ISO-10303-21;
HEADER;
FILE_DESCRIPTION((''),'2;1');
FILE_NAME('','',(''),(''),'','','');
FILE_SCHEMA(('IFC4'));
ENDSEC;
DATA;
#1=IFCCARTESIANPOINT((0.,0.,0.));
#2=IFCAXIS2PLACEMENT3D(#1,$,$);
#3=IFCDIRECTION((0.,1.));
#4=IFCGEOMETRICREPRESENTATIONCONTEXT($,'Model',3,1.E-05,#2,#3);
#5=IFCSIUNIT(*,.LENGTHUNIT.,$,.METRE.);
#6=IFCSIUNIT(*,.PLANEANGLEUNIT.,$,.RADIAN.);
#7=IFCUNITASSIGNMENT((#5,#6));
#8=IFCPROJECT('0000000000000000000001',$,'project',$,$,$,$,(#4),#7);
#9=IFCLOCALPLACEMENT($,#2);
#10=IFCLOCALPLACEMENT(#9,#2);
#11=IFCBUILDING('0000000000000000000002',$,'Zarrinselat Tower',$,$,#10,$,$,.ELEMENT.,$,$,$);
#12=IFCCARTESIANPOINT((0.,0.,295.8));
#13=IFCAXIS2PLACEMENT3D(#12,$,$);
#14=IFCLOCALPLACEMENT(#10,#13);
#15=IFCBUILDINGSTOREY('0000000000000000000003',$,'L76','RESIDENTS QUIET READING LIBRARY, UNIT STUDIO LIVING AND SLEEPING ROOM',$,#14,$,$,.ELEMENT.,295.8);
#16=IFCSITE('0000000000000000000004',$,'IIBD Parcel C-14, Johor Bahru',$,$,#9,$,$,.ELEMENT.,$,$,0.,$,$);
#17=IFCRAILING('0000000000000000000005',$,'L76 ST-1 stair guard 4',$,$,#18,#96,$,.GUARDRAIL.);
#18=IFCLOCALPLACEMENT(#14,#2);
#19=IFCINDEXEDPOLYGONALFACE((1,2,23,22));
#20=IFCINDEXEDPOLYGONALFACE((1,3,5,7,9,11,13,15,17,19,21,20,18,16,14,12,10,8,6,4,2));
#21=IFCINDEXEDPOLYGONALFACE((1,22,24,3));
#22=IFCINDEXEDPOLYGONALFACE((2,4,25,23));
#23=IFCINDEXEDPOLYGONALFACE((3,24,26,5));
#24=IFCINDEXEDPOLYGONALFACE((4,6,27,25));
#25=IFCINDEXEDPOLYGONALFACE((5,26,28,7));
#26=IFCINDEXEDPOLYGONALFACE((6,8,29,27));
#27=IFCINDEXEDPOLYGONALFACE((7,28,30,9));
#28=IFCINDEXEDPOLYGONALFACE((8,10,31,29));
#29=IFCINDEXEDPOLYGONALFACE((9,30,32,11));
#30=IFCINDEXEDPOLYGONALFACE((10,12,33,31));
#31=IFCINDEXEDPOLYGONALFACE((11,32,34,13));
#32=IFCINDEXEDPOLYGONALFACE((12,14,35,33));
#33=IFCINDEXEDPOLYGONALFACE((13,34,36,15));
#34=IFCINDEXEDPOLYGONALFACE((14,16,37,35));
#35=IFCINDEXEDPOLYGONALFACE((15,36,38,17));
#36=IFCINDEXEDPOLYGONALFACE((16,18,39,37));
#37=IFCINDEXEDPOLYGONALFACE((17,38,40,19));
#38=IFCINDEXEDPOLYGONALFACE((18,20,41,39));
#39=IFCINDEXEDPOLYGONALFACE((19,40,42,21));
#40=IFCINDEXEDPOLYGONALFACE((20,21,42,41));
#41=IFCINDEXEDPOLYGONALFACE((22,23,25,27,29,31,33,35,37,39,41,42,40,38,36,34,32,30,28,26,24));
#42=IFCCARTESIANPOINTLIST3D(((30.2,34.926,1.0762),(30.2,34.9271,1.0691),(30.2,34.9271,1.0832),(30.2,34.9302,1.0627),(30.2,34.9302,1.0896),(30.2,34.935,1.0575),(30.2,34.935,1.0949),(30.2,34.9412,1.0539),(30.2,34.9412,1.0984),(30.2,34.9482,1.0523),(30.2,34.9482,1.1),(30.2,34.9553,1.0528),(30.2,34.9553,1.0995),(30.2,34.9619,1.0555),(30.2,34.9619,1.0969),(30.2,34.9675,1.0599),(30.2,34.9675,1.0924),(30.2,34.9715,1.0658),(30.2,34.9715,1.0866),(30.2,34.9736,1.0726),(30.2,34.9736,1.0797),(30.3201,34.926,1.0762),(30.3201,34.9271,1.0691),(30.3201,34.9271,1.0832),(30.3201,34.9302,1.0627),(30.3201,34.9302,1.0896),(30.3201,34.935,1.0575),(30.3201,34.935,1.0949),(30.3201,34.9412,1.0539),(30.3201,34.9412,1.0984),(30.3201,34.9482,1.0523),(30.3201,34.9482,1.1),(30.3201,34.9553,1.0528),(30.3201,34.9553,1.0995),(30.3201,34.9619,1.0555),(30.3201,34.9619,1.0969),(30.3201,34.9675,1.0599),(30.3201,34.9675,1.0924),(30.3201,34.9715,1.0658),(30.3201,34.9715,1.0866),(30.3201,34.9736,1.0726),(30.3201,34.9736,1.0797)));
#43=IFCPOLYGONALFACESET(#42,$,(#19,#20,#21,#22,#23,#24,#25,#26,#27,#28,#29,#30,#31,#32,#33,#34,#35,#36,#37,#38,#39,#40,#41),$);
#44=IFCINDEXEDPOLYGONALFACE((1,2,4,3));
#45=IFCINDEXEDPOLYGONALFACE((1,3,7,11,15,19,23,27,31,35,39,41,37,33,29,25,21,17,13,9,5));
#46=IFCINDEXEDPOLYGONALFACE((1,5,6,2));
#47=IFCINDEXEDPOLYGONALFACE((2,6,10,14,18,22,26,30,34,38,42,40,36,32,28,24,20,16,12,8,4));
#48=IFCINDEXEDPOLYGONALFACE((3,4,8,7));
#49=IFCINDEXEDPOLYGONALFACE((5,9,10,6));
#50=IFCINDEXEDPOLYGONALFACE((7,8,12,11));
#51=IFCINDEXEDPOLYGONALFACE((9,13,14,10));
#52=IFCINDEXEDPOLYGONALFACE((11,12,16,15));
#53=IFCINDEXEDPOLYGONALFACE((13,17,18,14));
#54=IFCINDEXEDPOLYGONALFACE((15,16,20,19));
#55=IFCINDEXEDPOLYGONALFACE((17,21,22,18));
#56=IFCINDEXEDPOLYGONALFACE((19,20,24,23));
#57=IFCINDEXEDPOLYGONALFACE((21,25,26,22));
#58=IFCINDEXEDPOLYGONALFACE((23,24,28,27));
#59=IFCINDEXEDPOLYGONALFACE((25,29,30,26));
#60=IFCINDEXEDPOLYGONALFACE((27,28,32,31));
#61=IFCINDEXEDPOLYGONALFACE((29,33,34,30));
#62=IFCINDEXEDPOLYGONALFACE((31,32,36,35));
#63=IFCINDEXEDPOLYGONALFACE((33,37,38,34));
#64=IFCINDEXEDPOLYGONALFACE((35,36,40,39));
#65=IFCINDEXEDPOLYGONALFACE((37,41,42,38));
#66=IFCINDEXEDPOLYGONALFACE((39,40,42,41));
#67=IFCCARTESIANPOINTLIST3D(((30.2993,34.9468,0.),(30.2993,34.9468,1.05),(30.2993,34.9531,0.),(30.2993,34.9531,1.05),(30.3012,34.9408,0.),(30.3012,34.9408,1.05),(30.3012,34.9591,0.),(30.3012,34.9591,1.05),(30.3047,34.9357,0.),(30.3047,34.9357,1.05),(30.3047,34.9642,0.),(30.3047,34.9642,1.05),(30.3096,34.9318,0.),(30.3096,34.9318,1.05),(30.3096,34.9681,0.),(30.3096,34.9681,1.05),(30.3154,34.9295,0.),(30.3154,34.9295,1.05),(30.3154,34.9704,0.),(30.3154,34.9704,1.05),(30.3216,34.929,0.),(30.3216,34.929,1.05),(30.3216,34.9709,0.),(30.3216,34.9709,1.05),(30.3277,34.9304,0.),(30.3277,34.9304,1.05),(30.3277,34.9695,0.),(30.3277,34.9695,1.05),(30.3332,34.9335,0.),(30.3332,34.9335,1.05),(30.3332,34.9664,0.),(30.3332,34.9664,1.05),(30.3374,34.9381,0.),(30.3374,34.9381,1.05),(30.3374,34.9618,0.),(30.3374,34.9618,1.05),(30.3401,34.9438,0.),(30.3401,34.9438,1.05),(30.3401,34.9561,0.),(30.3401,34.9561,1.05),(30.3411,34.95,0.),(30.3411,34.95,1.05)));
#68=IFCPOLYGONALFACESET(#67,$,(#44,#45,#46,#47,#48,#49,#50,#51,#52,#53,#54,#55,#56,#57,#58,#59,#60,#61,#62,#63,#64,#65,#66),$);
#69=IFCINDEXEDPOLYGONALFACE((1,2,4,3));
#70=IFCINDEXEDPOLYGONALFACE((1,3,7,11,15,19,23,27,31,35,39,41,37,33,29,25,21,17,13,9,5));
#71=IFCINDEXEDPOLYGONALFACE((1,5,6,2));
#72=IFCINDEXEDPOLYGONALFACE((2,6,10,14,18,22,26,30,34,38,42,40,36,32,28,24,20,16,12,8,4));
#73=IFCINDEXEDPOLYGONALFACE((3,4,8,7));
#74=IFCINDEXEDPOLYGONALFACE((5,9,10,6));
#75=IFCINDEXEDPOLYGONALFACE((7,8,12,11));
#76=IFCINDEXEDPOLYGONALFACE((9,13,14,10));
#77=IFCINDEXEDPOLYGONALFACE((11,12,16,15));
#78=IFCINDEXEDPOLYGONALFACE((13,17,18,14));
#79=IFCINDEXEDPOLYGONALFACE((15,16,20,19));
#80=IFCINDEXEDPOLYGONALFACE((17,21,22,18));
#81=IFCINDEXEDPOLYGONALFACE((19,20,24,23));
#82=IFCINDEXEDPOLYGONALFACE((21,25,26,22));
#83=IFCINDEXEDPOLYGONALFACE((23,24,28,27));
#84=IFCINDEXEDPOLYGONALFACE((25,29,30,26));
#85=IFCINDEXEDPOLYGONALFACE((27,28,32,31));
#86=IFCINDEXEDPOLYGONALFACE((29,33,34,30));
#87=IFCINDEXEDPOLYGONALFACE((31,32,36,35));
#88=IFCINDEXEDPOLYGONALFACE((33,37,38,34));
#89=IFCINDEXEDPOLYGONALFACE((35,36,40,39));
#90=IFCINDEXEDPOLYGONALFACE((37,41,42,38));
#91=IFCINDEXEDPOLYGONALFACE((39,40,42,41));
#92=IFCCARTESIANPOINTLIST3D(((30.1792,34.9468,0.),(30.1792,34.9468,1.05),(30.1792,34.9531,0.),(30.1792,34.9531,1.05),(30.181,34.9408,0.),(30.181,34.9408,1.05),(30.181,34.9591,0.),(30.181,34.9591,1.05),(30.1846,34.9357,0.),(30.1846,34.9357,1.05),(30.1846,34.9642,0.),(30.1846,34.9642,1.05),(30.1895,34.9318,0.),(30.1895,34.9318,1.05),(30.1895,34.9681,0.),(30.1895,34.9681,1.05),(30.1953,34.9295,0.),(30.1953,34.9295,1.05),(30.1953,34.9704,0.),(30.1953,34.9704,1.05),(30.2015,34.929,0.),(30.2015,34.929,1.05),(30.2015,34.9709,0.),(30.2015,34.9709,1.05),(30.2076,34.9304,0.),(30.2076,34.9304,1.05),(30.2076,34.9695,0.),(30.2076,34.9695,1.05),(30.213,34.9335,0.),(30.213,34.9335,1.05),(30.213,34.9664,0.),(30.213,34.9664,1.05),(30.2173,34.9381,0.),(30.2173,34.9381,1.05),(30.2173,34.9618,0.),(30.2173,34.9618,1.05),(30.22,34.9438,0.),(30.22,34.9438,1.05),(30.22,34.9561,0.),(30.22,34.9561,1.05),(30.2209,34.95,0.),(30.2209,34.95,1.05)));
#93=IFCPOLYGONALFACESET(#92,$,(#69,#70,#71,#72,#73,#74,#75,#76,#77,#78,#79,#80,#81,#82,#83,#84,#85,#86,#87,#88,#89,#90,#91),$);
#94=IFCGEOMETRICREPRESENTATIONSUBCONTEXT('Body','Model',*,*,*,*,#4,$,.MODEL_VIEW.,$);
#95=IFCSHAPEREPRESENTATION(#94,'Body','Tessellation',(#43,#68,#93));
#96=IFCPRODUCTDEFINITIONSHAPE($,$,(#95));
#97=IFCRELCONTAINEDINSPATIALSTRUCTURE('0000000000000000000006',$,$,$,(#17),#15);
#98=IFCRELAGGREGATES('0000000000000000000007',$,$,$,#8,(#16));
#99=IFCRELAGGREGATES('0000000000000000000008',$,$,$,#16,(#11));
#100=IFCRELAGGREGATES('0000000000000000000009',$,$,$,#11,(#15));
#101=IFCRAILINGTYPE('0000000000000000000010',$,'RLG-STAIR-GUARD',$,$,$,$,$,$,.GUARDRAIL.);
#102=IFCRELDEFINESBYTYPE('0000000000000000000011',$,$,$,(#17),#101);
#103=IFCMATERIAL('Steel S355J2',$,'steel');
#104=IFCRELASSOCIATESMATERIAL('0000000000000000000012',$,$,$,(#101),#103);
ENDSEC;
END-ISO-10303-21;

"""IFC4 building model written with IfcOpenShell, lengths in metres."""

from ifc_helpers import new_model, si_unit, direction, frame, origin, origin_2d, place, context, subcontext, project, spatial, circle, extrude, material, type_object, element, save


model = new_model("IFC4")

# Units and contexts
model_context = context("Model", 3, precision=1e-05, world=origin(), true_north=direction((0.0, 1.0)))
body_context = subcontext(model_context, "Body", "Model", "MODEL_VIEW")
ifc_project = project(units=[si_unit("LENGTHUNIT", "METRE"), si_unit("PLANEANGLEUNIT", "RADIAN")], contexts=[model_context])

# Site, building, storey
site_placement = place(None, origin())
site = spatial("IfcSite", under=ifc_project, at=site_placement, Name="IIBD Parcel C-14, Johor Bahru", CompositionType="ELEMENT", RefElevation=0.0)
building_placement = place(site_placement, origin())
building = spatial("IfcBuilding", under=site, at=building_placement, Name="Zarrinselat Tower", CompositionType="ELEMENT")
storey_placement = place(building_placement, frame((0.0, 0.0, 295.8)))
storey = spatial("IfcBuildingStorey", under=building, at=storey_placement, Name="L76", Description="RESIDENTS QUIET READING LIBRARY, UNIT STUDIO LIVING AND SLEEPING ROOM", CompositionType="ELEMENT", Elevation=295.8)

# Railing
ifc_material_1 = material(Name="Steel S355J2", Category="steel")
railing_type_1 = type_object("IfcRailingType", Name="RLG-STAIR-GUARD", PredefinedType="GUARDRAIL", material=ifc_material_1)
railing_1_placement = place(storey_placement, frame((30.3201, 34.95, 0.0)))
element("IfcRailing", 1, at=railing_1_placement, inside=storey, type_object=railing_type_1, Name="L76 ST-1 stair guard 4", PredefinedType="GUARDRAIL", context=body_context, shape_type="SweptSolid", body=[
    extrude(circle(Radius=0.0239, at=origin_2d()), frame((0.0, 0.0, 1.0762), z_axis=(-1.0, 0.0, 0.0), x_axis=(0.0, -1.0, 0.0)), (0.0, 0.0, 1.0), 0.1201),
    extrude(circle(Radius=0.021, at=origin_2d()), origin(), (0.0, 0.0, 1.0), 1.05),
    extrude(circle(Radius=0.021, at=origin_2d()), frame((-0.1201, 0.0, 0.0)), (0.0, 0.0, 1.0), 1.05),
])

save(model, "model.ifc")
